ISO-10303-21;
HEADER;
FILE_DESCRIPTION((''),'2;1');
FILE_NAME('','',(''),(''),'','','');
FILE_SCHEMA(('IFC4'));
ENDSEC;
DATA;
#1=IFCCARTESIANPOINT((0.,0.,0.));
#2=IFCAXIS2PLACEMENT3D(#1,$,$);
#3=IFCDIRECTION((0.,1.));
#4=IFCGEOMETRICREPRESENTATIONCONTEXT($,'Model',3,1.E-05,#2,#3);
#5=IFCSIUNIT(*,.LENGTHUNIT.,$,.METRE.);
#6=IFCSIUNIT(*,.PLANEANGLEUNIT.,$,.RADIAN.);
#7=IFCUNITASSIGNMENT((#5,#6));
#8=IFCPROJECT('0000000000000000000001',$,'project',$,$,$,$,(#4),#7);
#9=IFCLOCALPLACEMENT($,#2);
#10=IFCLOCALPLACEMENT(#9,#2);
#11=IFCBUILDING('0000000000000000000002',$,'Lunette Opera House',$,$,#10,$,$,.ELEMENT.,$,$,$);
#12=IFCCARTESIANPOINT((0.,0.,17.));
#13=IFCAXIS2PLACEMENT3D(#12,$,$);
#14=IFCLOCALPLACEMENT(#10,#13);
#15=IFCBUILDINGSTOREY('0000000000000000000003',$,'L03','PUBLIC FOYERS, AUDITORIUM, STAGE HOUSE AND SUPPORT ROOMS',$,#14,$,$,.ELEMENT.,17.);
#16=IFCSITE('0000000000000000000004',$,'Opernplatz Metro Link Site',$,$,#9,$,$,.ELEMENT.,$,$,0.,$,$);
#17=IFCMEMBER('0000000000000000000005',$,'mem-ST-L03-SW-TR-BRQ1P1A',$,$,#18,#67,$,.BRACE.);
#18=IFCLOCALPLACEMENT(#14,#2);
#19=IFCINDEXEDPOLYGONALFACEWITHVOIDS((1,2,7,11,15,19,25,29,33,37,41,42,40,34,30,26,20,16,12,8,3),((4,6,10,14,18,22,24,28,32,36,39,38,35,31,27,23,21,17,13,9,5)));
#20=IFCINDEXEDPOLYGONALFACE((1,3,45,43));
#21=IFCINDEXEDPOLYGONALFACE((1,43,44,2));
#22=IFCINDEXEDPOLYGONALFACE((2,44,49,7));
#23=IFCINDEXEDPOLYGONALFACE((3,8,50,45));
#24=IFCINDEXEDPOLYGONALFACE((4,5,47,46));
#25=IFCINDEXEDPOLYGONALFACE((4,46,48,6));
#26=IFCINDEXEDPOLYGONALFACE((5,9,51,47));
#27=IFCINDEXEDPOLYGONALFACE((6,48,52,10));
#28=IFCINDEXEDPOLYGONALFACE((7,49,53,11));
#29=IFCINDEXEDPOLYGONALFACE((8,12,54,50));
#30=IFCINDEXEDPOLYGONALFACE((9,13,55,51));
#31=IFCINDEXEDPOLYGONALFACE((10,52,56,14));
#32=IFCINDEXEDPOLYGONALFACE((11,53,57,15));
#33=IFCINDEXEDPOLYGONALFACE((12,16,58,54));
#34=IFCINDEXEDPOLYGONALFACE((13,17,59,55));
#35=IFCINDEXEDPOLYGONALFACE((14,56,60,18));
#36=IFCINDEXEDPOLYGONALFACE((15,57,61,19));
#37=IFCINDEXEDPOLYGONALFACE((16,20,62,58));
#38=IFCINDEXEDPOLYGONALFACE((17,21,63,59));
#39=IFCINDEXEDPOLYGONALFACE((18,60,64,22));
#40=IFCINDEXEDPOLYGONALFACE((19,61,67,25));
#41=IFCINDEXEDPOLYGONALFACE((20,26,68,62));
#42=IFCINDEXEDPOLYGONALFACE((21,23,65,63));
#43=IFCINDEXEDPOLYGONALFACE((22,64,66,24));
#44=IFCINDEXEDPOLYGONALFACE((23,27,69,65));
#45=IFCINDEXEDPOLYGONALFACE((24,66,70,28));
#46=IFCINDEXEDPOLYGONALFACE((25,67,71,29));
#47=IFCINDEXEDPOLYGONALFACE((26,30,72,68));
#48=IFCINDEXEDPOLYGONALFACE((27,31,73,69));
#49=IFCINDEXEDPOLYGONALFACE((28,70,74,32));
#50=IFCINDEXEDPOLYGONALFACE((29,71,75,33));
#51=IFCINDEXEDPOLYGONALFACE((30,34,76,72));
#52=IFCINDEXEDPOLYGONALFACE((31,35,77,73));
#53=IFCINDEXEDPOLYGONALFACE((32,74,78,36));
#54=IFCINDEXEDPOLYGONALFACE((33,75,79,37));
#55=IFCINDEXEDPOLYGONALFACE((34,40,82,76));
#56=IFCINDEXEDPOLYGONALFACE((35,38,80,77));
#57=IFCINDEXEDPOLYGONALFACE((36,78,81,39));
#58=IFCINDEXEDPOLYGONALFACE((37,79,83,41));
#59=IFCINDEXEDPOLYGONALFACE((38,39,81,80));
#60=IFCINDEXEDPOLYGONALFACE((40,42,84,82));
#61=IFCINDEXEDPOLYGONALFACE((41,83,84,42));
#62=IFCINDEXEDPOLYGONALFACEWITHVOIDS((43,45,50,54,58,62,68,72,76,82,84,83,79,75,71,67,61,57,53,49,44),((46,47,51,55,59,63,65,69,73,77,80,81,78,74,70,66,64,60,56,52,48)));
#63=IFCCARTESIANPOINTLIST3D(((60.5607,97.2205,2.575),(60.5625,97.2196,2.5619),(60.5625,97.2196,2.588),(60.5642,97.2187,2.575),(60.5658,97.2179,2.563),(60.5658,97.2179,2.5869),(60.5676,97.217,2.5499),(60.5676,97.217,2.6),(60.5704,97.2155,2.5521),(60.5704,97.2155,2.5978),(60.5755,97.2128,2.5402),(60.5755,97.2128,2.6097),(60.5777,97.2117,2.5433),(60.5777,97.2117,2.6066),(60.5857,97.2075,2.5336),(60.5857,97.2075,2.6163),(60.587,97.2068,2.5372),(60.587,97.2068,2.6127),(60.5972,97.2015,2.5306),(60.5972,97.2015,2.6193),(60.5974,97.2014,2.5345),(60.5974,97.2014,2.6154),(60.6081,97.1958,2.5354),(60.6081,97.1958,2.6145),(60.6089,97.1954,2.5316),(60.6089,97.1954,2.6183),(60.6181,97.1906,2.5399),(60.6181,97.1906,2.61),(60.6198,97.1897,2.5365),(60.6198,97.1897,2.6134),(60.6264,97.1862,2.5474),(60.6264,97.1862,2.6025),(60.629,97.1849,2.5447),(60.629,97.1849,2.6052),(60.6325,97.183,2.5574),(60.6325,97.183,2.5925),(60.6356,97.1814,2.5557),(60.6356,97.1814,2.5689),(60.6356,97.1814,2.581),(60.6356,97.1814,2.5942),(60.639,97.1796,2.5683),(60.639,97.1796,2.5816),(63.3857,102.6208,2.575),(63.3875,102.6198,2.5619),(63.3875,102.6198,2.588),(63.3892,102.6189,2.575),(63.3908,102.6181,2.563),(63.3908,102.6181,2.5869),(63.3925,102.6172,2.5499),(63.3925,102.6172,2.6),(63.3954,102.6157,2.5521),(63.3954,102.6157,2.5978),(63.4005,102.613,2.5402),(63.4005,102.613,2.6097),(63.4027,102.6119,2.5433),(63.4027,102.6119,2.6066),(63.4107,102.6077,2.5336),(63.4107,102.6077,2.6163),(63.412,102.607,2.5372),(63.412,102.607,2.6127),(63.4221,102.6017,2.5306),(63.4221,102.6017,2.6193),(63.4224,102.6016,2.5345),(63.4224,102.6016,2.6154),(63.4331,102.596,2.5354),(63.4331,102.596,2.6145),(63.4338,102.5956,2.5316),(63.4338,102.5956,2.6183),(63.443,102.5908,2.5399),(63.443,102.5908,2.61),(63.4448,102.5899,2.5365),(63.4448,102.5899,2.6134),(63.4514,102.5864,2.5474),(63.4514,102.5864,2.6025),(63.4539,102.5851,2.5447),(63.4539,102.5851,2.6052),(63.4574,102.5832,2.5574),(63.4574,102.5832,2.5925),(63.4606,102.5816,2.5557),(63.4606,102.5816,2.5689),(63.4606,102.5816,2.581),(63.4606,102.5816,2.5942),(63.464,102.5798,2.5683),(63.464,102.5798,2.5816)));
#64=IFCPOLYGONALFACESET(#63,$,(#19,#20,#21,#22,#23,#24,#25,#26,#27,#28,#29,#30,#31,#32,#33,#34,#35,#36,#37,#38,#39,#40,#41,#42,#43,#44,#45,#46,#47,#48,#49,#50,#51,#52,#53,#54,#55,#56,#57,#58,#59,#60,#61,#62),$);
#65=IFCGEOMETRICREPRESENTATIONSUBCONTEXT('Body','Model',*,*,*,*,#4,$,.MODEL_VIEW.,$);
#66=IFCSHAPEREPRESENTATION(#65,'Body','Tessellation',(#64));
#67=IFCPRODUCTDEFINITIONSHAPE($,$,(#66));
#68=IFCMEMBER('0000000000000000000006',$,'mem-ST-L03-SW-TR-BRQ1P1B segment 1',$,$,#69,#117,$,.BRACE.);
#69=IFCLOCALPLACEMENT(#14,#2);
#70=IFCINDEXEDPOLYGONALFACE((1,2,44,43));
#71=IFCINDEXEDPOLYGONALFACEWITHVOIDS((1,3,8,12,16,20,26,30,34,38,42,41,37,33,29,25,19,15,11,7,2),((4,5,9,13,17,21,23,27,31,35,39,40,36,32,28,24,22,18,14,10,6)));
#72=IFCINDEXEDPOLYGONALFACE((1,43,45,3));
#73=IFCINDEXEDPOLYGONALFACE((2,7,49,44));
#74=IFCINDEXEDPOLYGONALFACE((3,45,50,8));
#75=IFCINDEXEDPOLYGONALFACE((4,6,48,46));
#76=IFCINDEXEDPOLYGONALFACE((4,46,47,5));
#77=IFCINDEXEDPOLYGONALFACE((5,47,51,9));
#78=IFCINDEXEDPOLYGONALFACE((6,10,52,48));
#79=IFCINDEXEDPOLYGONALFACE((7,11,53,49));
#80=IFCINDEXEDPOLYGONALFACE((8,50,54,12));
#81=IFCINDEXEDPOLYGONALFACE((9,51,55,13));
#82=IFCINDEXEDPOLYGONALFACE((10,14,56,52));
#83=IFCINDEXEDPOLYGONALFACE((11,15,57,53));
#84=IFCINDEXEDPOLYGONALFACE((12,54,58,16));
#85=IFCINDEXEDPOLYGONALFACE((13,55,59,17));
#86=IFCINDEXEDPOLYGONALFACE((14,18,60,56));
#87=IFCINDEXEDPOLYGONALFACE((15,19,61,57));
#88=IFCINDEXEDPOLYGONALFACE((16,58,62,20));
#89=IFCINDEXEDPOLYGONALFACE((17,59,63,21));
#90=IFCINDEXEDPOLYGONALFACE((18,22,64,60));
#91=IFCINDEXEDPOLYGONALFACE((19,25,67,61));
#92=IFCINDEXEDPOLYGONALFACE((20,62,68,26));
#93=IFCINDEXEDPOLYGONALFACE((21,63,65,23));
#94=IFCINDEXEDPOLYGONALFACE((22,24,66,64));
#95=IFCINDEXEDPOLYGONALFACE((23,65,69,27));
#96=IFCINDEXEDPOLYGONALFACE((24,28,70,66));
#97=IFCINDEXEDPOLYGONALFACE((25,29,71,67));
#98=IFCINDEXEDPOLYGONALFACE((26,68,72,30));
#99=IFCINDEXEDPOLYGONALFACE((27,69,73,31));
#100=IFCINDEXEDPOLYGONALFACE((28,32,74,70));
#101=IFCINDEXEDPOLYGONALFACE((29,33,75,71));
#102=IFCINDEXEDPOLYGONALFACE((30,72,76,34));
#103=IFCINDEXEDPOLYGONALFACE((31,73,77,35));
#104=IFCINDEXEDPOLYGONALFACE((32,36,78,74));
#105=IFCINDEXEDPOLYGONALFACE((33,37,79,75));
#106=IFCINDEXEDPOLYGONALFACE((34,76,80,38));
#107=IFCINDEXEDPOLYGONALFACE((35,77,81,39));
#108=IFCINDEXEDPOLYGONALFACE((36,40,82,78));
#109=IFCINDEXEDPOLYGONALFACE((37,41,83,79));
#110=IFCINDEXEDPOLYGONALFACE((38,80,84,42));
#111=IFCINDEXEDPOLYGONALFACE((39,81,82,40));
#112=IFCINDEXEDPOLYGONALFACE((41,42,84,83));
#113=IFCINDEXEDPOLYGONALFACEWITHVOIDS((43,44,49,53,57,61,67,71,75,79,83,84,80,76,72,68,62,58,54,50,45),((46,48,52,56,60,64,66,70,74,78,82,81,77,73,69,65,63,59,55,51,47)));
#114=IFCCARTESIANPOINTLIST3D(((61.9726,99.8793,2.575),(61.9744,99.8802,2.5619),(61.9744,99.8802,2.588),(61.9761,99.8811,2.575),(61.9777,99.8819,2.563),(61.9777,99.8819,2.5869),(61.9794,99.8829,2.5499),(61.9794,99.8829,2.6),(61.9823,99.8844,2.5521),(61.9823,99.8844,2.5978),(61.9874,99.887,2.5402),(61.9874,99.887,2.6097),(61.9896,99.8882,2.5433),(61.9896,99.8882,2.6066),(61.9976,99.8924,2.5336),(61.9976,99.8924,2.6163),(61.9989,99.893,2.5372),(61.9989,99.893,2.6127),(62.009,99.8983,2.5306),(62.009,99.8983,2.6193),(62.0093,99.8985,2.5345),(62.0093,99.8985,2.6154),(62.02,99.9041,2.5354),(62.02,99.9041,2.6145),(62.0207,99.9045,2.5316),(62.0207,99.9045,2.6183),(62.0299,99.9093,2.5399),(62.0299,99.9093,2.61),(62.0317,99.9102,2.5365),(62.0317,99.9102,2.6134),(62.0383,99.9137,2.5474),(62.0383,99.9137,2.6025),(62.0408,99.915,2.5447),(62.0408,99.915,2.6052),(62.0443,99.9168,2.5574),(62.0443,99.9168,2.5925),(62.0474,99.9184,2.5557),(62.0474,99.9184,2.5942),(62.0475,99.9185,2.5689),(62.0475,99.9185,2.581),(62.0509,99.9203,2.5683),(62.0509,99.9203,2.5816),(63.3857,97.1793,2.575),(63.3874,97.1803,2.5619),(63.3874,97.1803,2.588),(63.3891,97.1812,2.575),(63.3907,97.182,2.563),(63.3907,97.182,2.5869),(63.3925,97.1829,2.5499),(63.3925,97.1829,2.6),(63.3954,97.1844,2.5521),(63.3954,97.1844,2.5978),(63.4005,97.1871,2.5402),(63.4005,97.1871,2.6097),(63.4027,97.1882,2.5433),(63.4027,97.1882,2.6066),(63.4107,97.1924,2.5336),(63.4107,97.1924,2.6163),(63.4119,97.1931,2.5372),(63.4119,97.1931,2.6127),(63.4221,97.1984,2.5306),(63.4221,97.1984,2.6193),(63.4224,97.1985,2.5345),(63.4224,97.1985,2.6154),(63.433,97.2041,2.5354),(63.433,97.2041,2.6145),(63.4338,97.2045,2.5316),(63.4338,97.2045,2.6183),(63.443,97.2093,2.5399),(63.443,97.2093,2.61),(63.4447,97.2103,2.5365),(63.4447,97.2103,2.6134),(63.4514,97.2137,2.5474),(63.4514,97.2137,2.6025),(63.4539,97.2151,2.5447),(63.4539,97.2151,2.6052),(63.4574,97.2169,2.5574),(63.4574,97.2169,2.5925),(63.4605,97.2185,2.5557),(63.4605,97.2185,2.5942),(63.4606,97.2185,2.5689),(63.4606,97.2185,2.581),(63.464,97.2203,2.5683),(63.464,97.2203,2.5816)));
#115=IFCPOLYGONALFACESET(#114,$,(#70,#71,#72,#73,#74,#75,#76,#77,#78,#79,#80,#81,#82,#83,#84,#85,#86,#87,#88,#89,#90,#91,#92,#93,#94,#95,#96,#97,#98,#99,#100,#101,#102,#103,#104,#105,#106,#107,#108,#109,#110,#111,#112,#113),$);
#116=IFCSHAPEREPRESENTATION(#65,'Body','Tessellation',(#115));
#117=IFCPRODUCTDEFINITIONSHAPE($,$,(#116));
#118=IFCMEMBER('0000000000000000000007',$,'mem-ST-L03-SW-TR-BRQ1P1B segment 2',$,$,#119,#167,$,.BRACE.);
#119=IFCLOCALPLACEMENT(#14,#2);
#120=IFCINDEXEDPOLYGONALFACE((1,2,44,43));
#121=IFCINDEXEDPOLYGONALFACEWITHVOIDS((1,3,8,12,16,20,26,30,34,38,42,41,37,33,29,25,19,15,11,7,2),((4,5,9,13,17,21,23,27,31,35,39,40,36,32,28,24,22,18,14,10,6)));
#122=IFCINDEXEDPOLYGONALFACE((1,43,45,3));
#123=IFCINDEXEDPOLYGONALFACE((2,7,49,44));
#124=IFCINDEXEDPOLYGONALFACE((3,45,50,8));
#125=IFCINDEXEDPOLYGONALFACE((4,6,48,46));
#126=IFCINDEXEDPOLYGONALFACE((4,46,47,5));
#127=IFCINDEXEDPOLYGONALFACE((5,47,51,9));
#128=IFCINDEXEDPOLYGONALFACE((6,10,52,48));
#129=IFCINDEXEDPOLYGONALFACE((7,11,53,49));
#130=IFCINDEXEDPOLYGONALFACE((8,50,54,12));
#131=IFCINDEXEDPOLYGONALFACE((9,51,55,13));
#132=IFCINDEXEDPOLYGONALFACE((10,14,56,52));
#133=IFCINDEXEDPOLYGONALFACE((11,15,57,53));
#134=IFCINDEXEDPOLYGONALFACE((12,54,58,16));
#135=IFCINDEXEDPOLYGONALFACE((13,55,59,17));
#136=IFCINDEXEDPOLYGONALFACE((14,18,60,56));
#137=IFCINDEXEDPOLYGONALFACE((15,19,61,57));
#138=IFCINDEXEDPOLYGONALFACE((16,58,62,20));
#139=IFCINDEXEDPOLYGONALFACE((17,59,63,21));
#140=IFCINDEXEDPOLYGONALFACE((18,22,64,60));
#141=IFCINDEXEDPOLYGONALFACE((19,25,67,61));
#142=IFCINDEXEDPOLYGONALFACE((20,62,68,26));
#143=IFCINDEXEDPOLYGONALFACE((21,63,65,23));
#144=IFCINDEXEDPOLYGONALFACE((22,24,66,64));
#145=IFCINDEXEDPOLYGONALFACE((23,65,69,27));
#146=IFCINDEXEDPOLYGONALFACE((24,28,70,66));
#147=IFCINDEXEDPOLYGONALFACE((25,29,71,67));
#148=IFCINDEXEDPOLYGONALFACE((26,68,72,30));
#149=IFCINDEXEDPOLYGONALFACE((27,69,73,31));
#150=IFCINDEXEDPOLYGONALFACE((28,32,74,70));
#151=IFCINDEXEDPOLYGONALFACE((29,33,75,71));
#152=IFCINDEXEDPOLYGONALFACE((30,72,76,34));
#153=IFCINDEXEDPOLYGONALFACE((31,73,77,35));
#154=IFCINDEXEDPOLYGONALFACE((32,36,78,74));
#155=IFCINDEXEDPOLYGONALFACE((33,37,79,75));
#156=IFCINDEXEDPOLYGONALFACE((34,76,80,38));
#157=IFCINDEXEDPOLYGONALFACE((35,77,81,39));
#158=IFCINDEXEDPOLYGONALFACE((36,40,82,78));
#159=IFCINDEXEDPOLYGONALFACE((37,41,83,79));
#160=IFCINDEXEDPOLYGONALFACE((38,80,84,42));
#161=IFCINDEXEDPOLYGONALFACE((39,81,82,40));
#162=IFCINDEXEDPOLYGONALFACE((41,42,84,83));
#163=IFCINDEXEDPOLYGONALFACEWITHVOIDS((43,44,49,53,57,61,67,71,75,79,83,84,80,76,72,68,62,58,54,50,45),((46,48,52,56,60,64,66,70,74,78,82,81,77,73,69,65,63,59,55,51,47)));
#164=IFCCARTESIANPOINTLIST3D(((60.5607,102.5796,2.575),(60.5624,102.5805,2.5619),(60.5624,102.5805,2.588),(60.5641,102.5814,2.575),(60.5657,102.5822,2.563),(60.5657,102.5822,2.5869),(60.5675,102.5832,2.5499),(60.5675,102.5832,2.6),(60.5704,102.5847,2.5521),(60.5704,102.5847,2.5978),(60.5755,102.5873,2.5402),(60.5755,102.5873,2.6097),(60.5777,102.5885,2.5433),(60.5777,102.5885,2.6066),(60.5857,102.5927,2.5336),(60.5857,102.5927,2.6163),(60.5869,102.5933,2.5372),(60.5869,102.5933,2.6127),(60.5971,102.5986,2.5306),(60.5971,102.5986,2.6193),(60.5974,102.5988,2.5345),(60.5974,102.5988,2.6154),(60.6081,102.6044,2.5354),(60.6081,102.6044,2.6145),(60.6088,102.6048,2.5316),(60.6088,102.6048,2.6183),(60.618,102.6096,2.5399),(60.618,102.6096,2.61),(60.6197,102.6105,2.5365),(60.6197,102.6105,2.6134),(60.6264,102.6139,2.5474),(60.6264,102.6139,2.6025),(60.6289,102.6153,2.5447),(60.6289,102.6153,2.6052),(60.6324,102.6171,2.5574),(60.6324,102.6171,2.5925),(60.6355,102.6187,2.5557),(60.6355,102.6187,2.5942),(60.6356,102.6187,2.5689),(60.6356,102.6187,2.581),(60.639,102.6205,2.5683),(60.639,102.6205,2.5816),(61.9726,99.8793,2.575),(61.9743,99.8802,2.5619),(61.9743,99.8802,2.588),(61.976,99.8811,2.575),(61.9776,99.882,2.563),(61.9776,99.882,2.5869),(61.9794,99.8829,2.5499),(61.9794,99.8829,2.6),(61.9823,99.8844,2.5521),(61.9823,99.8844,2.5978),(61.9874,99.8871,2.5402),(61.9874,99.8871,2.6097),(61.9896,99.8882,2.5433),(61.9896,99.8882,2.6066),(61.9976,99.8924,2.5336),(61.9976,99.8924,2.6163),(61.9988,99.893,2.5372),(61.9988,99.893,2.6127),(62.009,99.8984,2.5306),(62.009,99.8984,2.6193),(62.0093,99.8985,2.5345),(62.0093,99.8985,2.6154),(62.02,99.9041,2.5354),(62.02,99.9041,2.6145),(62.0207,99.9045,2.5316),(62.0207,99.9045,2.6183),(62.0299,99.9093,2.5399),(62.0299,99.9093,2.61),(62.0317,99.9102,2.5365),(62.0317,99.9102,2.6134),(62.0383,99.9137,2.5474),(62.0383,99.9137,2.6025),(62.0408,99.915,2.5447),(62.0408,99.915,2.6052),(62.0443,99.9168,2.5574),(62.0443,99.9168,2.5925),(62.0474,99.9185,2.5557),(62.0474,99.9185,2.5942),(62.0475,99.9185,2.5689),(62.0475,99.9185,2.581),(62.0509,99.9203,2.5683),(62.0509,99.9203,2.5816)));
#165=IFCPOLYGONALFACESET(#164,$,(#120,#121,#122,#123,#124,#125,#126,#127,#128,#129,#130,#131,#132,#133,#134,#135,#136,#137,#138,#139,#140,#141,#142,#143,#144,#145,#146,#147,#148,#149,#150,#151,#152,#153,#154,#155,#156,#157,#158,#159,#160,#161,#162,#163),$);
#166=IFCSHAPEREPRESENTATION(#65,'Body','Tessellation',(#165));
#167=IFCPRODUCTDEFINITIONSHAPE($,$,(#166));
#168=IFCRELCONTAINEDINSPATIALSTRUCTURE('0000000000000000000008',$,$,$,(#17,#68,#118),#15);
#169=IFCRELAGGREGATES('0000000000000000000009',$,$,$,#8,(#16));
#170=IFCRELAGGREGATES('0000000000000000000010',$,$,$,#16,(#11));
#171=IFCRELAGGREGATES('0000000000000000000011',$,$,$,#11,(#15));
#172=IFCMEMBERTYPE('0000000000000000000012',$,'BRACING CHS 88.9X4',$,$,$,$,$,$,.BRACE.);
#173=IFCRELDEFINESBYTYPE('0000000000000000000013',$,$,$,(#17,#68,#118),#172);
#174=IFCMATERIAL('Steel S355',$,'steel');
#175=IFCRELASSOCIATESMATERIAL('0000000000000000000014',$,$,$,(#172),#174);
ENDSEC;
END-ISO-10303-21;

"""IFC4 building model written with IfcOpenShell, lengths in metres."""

from ifc_helpers import new_model, si_unit, direction, frame, origin, origin_2d, place, context, subcontext, project, spatial, hollow_circle, extrude, material, material_profile, profile_set, type_object, element, save


model = new_model("IFC4")

# Units and contexts
model_context = context("Model", 3, precision=1e-05, world=origin(), true_north=direction((0.0, 1.0)))
body_context = subcontext(model_context, "Body", "Model", "MODEL_VIEW")
ifc_project = project(units=[si_unit("LENGTHUNIT", "METRE"), si_unit("PLANEANGLEUNIT", "RADIAN")], contexts=[model_context])

# Site, building, storey
site_placement = place(None, origin())
site = spatial("IfcSite", under=ifc_project, at=site_placement, Name="Opernplatz Metro Link Site", CompositionType="ELEMENT", RefElevation=0.0)
building_placement = place(site_placement, origin())
building = spatial("IfcBuilding", under=site, at=building_placement, Name="Lunette Opera House", CompositionType="ELEMENT")
storey_placement = place(building_placement, frame((0.0, 0.0, 17.0)))
storey = spatial("IfcBuildingStorey", under=building, at=storey_placement, Name="L03", Description="PUBLIC FOYERS, AUDITORIUM, STAGE HOUSE AND SUPPORT ROOMS", CompositionType="ELEMENT", Elevation=17.0)

# Members
ifc_material_1 = material(Name="Steel S355", Category="steel")
ifc_material_profile_1 = material_profile(ifc_material_1, hollow_circle(Radius=0.0444, WallThickness=0.0039, at=origin_2d()), Name="CHS 88.9X4")
ifc_profile_set_1 = profile_set([ifc_material_profile_1], Name="Steel S355")
member_type_1 = type_object("IfcMemberType", Name="BRACING CHS 88.9X4", PredefinedType="BRACE", material=ifc_profile_set_1)
member_1_placement = place(storey_placement, frame((60.6001, 97.2, 2.575), z_axis=(0.463531, 0.886081, 0.0), x_axis=(-0.886081, 0.463531, 0.0)))
element("IfcMember", 1, at=member_1_placement, inside=storey, type_object=member_type_1, Name="mem-ST-L03-SW-TR-BRQ1P1A", PredefinedType="BRACE", context=body_context, shape_type="SweptSolid", body=[
    extrude(hollow_circle(Radius=0.0444, WallThickness=0.0039, at=origin_2d()), origin(), (0.0, 0.0, 1.0), 6.0945),
])
member_2_placement = place(storey_placement, frame((63.425, 97.2, 2.575), z_axis=(-0.463705, 0.88599, 0.0), x_axis=(-0.88599, -0.463705, 0.0)))
element("IfcMember", 2, at=member_2_placement, inside=storey, type_object=member_type_1, Name="mem-ST-L03-SW-TR-BRQ1P1B segment 1", PredefinedType="BRACE", context=body_context, shape_type="SweptSolid", body=[
    extrude(hollow_circle(Radius=0.0444, WallThickness=0.0039, at=origin_2d()), origin(), (0.0, 0.0, 1.0), 3.0474),
])
member_3_placement = place(storey_placement, frame((62.012, 99.8999, 2.575), z_axis=(-0.463357, 0.886172, 0.0), x_axis=(-0.886172, -0.463357, 0.0)))
element("IfcMember", 3, at=member_3_placement, inside=storey, type_object=member_type_1, Name="mem-ST-L03-SW-TR-BRQ1P1B segment 2", PredefinedType="BRACE", context=body_context, shape_type="SweptSolid", body=[
    extrude(hollow_circle(Radius=0.0444, WallThickness=0.0039, at=origin_2d()), origin(), (0.0, 0.0, 1.0), 3.0471),
])

save(model, "model.ifc")
